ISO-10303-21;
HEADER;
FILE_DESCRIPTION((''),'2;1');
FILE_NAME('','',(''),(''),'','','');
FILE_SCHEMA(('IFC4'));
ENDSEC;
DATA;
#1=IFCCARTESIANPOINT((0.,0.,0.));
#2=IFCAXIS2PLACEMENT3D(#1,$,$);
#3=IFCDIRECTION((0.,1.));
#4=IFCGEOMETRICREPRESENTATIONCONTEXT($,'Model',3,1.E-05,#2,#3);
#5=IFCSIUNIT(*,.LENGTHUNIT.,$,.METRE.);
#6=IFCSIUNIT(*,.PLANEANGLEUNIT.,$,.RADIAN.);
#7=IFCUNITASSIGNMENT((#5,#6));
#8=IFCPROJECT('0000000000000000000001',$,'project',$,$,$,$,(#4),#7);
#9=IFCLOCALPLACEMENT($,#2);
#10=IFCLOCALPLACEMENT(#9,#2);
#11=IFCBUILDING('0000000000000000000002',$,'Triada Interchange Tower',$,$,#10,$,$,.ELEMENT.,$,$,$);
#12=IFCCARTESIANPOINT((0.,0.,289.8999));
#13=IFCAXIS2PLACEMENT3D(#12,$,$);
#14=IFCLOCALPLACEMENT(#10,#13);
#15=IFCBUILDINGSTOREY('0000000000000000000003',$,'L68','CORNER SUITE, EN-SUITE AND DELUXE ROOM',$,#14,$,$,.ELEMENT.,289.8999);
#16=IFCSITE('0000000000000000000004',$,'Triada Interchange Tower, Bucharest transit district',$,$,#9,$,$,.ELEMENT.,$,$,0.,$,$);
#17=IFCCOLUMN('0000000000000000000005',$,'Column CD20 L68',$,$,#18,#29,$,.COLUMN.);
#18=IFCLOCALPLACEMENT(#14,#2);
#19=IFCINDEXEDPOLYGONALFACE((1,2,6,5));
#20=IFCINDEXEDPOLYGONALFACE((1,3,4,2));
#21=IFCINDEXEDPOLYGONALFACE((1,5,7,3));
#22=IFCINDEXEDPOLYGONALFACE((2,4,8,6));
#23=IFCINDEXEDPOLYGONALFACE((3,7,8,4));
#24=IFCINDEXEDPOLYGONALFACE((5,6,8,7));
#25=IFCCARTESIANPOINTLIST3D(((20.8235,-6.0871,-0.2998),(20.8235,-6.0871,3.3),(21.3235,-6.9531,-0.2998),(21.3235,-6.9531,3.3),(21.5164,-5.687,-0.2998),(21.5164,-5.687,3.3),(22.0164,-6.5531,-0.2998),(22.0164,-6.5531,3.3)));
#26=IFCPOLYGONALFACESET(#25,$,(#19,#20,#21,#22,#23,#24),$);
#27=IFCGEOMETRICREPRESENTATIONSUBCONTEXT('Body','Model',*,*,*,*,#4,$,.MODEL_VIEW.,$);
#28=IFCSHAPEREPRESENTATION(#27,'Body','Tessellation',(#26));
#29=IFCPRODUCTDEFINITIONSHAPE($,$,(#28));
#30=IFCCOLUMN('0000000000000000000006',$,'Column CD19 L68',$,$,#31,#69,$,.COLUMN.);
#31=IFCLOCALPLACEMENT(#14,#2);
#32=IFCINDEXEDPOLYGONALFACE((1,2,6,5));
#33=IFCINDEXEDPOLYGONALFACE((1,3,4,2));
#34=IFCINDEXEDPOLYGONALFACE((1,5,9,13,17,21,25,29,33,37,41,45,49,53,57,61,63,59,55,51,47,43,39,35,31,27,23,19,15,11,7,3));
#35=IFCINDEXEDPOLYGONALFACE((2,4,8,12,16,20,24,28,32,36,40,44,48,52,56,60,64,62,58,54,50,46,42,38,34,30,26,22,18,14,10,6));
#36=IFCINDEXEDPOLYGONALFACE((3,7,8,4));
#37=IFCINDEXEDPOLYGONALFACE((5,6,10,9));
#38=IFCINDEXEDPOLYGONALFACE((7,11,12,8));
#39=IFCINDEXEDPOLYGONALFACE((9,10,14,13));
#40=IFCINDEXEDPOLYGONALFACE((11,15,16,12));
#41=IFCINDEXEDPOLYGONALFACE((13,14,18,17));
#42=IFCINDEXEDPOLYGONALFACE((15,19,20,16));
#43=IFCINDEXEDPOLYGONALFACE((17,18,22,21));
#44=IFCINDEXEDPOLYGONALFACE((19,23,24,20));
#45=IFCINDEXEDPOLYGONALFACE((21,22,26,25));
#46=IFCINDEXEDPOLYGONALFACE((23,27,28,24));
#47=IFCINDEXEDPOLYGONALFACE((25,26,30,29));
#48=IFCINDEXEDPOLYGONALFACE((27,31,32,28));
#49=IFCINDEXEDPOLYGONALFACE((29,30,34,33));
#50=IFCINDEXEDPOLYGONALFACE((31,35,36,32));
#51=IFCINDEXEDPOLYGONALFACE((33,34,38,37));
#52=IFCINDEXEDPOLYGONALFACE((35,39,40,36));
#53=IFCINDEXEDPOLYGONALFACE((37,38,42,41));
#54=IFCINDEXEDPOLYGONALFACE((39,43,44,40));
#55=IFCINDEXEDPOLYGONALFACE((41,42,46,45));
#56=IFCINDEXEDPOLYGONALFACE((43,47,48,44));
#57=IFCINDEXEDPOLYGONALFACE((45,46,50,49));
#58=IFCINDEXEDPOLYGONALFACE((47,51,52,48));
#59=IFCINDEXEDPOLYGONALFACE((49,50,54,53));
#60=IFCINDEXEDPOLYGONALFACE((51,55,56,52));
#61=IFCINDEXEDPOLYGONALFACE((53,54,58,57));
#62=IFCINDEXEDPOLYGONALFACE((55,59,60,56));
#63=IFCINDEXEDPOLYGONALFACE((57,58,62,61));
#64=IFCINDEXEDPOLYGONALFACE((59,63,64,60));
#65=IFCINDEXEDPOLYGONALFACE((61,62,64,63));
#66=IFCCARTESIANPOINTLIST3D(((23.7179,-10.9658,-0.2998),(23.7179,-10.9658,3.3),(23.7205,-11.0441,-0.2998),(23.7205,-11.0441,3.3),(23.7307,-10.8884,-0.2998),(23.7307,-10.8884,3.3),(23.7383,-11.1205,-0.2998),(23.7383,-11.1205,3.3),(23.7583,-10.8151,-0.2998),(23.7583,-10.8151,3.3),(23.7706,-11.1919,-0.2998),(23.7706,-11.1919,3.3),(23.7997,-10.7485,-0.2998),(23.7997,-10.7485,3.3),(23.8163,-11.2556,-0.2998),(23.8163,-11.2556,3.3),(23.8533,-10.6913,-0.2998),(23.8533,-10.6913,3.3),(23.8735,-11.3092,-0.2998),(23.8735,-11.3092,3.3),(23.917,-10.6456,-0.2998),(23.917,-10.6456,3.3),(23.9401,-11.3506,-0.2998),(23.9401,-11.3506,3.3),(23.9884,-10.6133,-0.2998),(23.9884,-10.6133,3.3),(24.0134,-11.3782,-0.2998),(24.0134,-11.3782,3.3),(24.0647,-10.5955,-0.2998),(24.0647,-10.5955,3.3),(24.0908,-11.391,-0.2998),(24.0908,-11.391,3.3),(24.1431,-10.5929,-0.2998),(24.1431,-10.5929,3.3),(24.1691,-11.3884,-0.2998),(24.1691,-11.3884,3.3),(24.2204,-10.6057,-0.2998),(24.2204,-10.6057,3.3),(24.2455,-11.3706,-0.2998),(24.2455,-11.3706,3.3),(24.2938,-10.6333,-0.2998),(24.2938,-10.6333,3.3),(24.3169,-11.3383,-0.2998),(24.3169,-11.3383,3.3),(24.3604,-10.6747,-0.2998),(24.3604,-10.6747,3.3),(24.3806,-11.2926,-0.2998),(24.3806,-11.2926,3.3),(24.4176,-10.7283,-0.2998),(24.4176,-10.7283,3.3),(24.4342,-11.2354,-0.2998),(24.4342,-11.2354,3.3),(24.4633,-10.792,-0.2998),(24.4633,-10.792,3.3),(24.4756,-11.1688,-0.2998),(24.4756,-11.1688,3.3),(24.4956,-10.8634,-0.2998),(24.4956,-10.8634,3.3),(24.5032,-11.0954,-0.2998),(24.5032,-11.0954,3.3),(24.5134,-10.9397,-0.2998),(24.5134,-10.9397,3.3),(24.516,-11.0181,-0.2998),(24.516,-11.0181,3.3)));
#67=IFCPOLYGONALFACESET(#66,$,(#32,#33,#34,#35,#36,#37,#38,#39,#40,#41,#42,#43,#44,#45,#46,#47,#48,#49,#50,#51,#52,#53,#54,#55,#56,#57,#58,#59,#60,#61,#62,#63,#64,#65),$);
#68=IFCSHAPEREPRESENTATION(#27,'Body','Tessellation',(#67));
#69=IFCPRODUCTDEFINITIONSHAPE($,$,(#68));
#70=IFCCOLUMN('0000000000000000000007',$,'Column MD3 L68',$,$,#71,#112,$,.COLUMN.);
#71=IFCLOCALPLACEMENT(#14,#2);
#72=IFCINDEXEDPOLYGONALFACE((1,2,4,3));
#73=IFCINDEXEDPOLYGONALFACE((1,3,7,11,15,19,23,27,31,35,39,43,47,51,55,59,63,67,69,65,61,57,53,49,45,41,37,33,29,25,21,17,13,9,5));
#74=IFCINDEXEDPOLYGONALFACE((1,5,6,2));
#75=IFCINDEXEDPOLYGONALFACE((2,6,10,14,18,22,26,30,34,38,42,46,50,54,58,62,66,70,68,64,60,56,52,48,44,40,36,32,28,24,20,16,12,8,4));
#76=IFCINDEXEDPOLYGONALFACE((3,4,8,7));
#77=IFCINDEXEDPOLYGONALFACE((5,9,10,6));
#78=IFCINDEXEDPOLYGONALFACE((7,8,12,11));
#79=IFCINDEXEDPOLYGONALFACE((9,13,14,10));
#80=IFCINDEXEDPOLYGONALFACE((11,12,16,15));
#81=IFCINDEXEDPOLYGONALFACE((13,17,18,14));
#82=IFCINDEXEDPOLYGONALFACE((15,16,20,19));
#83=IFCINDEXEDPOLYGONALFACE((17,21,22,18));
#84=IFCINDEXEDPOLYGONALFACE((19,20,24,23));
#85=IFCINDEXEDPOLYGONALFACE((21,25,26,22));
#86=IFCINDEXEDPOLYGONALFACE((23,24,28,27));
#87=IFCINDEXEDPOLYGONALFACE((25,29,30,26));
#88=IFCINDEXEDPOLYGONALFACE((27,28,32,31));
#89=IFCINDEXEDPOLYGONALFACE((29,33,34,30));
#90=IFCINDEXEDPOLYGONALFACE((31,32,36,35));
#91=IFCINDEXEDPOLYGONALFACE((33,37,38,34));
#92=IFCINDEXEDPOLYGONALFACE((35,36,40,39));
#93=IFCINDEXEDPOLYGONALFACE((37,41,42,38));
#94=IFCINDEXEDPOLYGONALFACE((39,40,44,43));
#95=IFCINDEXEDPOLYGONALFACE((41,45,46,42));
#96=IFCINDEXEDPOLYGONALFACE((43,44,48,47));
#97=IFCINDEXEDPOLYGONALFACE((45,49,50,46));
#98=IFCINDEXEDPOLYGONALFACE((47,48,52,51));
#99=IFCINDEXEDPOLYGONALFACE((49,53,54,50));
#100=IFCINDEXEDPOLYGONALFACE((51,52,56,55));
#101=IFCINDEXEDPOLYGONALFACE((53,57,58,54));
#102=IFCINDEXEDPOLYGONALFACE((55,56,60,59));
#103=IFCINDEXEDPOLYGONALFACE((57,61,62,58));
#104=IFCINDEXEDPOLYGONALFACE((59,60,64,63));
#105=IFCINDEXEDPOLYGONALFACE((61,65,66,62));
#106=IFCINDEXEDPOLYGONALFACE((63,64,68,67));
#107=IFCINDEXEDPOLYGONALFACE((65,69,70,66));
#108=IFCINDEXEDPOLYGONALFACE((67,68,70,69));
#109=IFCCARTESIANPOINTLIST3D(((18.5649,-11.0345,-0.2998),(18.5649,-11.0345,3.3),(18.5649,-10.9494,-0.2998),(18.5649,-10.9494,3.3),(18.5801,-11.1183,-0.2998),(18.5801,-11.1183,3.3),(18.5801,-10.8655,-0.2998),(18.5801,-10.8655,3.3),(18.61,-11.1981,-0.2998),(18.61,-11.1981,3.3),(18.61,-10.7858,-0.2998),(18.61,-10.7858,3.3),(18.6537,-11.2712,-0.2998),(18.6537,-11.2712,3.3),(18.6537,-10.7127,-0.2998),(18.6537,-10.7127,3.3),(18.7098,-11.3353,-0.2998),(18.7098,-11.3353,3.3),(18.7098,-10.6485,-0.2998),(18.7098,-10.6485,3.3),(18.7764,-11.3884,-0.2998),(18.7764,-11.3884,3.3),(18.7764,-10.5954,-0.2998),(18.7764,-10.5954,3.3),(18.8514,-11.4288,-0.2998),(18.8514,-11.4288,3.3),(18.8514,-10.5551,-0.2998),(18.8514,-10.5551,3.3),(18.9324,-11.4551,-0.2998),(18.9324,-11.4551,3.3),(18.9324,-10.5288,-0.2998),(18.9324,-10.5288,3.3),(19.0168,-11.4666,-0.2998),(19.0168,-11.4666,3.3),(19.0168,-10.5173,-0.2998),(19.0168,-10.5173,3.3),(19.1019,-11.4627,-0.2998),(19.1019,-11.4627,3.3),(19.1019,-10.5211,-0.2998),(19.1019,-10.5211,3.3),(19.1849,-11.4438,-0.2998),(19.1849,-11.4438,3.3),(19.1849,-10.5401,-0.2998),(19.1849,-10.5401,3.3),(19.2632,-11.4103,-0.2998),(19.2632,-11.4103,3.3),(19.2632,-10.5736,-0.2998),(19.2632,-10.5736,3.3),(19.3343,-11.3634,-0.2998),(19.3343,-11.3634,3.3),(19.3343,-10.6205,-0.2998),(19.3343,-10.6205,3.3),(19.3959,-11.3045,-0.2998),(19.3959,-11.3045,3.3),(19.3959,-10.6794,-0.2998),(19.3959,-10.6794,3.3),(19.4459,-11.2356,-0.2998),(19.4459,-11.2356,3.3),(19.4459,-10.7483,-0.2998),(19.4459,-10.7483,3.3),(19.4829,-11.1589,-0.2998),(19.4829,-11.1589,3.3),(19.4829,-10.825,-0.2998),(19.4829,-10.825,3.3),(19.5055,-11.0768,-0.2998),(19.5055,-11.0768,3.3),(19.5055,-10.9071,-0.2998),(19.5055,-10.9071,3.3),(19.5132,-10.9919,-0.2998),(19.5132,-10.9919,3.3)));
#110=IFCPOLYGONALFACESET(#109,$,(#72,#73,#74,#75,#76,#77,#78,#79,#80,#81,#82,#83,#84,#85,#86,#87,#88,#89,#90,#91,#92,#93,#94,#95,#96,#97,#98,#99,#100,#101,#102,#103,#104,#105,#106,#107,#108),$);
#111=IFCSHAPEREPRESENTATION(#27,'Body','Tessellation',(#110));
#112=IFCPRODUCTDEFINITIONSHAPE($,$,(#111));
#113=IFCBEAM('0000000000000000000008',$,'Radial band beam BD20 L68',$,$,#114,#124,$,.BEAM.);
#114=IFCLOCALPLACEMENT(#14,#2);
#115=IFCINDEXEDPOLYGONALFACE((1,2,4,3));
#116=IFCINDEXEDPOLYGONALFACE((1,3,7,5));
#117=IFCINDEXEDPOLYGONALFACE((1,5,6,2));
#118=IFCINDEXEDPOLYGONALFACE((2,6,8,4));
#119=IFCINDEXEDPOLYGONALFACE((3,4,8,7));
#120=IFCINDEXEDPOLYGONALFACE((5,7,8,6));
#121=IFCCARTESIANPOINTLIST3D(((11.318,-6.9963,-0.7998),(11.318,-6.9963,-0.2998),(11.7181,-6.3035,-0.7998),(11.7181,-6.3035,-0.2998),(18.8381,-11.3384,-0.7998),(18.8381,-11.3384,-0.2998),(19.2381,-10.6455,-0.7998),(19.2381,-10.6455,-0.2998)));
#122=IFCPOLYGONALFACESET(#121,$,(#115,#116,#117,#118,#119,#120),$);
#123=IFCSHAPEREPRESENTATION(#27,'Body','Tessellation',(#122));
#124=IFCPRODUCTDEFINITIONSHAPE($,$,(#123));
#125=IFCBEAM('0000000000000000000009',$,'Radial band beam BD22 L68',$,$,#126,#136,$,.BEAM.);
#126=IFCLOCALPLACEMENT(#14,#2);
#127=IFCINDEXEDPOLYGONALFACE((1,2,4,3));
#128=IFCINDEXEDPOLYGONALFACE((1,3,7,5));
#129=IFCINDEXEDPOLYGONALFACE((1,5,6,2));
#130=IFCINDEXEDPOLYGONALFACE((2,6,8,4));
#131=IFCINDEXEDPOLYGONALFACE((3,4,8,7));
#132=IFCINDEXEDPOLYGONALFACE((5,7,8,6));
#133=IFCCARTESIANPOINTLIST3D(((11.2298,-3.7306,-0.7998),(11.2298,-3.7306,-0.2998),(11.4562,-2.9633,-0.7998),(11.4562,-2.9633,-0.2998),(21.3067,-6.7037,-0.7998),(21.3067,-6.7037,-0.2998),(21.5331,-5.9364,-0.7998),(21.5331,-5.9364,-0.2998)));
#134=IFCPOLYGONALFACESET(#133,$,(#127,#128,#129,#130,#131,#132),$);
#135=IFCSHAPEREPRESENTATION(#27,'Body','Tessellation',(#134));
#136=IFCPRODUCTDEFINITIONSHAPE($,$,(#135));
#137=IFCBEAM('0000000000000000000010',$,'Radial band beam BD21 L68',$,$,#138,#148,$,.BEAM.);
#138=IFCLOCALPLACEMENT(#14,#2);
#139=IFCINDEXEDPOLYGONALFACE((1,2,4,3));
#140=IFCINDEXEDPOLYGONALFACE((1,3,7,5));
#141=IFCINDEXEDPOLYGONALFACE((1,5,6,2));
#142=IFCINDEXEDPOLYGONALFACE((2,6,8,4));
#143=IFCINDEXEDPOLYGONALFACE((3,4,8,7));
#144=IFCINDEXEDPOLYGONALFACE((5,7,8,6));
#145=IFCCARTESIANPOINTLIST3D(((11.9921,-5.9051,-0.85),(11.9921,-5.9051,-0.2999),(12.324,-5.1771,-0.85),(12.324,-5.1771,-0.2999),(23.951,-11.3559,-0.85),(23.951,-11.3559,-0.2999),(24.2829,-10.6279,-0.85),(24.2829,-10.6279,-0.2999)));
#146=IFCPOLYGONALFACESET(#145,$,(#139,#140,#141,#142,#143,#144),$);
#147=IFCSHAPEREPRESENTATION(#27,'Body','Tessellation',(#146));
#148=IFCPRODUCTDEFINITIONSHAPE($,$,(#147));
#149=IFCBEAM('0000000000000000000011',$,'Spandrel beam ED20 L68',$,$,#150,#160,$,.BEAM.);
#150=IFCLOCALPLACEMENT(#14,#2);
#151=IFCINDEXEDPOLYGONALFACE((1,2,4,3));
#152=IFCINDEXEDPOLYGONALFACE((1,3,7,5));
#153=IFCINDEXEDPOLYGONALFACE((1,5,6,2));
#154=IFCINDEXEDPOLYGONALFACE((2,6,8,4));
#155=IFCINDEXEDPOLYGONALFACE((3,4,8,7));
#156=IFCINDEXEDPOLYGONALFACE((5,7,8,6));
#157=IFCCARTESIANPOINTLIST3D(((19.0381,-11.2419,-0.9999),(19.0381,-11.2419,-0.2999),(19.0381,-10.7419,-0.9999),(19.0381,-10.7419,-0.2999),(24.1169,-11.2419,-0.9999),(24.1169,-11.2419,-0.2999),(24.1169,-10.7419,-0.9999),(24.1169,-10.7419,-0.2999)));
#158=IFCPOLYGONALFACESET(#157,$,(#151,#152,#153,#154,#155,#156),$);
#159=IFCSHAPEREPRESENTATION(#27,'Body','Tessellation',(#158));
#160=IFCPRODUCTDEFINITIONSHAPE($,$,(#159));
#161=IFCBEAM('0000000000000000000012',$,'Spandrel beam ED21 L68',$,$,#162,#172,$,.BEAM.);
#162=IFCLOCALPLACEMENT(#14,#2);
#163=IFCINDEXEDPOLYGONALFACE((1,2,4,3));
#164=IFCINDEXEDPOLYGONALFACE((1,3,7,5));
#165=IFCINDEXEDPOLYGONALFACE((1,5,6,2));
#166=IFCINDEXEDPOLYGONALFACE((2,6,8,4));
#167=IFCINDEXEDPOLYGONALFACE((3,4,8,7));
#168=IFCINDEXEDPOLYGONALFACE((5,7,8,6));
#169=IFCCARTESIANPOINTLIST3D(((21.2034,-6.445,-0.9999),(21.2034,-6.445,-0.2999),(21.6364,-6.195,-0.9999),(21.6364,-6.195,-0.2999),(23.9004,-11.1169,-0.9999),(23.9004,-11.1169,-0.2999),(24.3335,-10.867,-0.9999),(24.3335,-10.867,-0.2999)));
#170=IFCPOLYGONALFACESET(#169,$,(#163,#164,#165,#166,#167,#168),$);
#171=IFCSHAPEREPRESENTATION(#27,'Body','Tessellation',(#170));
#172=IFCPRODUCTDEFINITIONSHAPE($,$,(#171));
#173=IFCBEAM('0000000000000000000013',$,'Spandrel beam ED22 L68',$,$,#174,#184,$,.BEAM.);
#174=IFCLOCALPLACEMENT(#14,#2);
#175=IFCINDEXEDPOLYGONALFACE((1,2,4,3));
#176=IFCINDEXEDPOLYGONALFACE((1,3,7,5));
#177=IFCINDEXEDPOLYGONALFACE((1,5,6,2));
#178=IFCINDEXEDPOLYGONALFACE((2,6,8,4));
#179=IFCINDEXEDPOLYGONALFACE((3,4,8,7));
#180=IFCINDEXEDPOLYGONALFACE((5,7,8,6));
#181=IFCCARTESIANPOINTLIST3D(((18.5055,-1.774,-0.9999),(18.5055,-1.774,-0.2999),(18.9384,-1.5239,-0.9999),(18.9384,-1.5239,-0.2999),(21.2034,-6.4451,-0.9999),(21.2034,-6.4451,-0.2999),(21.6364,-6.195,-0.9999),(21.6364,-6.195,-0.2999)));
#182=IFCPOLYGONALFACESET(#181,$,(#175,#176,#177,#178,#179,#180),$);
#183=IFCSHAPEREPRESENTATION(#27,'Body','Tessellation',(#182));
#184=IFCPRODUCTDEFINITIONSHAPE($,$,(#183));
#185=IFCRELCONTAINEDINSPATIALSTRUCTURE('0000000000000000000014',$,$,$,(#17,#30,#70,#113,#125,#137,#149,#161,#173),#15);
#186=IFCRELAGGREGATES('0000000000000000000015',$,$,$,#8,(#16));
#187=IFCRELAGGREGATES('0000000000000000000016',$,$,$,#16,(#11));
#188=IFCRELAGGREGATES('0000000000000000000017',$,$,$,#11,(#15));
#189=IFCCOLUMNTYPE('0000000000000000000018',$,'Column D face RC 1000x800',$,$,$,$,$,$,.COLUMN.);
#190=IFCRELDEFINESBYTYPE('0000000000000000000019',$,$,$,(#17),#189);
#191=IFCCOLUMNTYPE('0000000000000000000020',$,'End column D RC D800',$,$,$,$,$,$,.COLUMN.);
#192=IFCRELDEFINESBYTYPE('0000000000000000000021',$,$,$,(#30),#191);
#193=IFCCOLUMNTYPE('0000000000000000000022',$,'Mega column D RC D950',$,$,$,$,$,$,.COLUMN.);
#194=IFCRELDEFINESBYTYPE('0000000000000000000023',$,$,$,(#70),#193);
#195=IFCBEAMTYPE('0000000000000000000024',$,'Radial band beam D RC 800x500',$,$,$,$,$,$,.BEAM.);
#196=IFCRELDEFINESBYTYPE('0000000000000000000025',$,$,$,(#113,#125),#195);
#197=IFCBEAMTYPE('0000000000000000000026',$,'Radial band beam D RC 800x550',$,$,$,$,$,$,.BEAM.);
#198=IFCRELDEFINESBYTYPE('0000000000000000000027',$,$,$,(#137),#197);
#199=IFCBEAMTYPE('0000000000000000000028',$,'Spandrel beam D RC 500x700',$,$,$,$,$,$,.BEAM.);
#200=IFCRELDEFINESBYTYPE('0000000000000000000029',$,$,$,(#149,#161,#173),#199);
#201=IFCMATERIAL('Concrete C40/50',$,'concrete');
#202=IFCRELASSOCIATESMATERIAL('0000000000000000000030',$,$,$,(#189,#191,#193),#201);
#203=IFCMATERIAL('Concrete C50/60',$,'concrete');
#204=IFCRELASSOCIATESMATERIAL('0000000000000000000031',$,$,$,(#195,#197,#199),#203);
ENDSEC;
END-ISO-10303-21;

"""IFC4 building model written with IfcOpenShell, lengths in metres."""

from ifc_helpers import new_model, si_unit, direction, frame, origin, origin_2d, place, context, subcontext, project, spatial, rectangle, circle, extrude, material, material_profile, profile_set, type_object, element, save


model = new_model("IFC4")

# Units and contexts
model_context = context("Model", 3, precision=1e-05, world=origin(), true_north=direction((0.0, 1.0)))
body_context = subcontext(model_context, "Body", "Model", "MODEL_VIEW")
ifc_project = project(units=[si_unit("LENGTHUNIT", "METRE"), si_unit("PLANEANGLEUNIT", "RADIAN")], contexts=[model_context])

# Site, building, storey
site_placement = place(None, origin())
site = spatial("IfcSite", under=ifc_project, at=site_placement, Name="Triada Interchange Tower, Bucharest transit district", CompositionType="ELEMENT", RefElevation=0.0)
building_placement = place(site_placement, origin())
building = spatial("IfcBuilding", under=site, at=building_placement, Name="Triada Interchange Tower", CompositionType="ELEMENT")
storey_placement = place(building_placement, frame((0.0, 0.0, 289.8999)))
storey = spatial("IfcBuildingStorey", under=building, at=storey_placement, Name="L68", Description="CORNER SUITE, EN-SUITE AND DELUXE ROOM", CompositionType="ELEMENT", Elevation=289.8999)

# Columns
ifc_material_1 = material(Name="Concrete C40/50", Category="concrete")
ifc_material_profile_1 = material_profile(ifc_material_1, rectangle(XDim=1.0, YDim=0.8, at=origin_2d()), Name="RC 1000x800")
ifc_profile_set_1 = profile_set([ifc_material_profile_1], Name="Concrete C40/50")
column_type_1 = type_object("IfcColumnType", Name="Column D face RC 1000x800", PredefinedType="COLUMN", material=ifc_profile_set_1)
column_1_placement = place(storey_placement, frame((21.4199, -6.3201, -0.2998), z_axis=(0.0, 0.0, 1.0), x_axis=(-0.5, 0.866025, 0.0)))
element("IfcColumn", 1, at=column_1_placement, inside=storey, type_object=column_type_1, Name="Column CD20 L68", PredefinedType="COLUMN", context=body_context, shape_type="SweptSolid", body=[
    extrude(rectangle(XDim=1.0, YDim=0.8, at=origin_2d()), origin(), (0.0, 0.0, 1.0), 3.5999),
])
ifc_material_profile_2 = material_profile(ifc_material_1, circle(Radius=0.3999, at=origin_2d()), Name="RC D800")
ifc_profile_set_2 = profile_set([ifc_material_profile_2], Name="Concrete C40/50")
column_type_2 = type_object("IfcColumnType", Name="End column D RC D800", PredefinedType="COLUMN", material=ifc_profile_set_2)
column_2_placement = place(storey_placement, frame((24.1169, -10.9919, -0.2998), z_axis=(0.0, 0.0, 1.0), x_axis=(-0.5, 0.866025, 0.0)))
element("IfcColumn", 2, at=column_2_placement, inside=storey, type_object=column_type_2, Name="Column CD19 L68", PredefinedType="COLUMN", context=body_context, shape_type="SweptSolid", body=[
    extrude(circle(Radius=0.3999, at=origin_2d()), origin(), (0.0, 0.0, 1.0), 3.5999),
])
ifc_material_profile_3 = material_profile(ifc_material_1, circle(Radius=0.4751, at=origin_2d()), Name="RC D950")
ifc_profile_set_3 = profile_set([ifc_material_profile_3], Name="Concrete C40/50")
column_type_3 = type_object("IfcColumnType", Name="Mega column D RC D950", PredefinedType="COLUMN", material=ifc_profile_set_3)
column_3_placement = place(storey_placement, frame((19.0381, -10.9919, -0.2998), z_axis=(0.0, 0.0, 1.0), x_axis=(1.0, 0.0, 0.0)))
element("IfcColumn", 3, at=column_3_placement, inside=storey, type_object=column_type_3, Name="Column MD3 L68", PredefinedType="COLUMN", context=body_context, shape_type="SweptSolid", body=[
    extrude(circle(Radius=0.4751, at=origin_2d()), origin(), (0.0, 0.0, 1.0), 3.5999),
])

# Beams
ifc_material_2 = material(Name="Concrete C50/60", Category="concrete")
ifc_material_profile_4 = material_profile(ifc_material_2, rectangle(XDim=0.8, YDim=0.5, at=origin_2d()), Name="RC 800x500")
ifc_profile_set_4 = profile_set([ifc_material_profile_4], Name="Concrete C50/60")
beam_type_1 = type_object("IfcBeamType", Name="Radial band beam D RC 800x500", PredefinedType="BEAM", material=ifc_profile_set_4)
beam_1_placement = place(storey_placement, frame((19.0381, -10.9919, -0.5498), z_axis=(-0.866008, 0.500031, 0.0), x_axis=(-0.500031, -0.866008, 0.0)))
element("IfcBeam", 4, at=beam_1_placement, inside=storey, type_object=beam_type_1, Name="Radial band beam BD20 L68", PredefinedType="BEAM", context=body_context, shape_type="SweptSolid", body=[
    extrude(rectangle(XDim=0.8, YDim=0.5, at=origin_2d()), origin(), (0.0, 0.0, 1.0), 8.6836),
])
beam_2_placement = place(storey_placement, frame((21.4199, -6.3201, -0.5498), z_axis=(-0.959124, 0.282985, 0.0), x_axis=(-0.282985, -0.959124, 0.0)))
element("IfcBeam", 5, at=beam_2_placement, inside=storey, type_object=beam_type_1, Name="Radial band beam BD22 L68", PredefinedType="BEAM", context=body_context, shape_type="SweptSolid", body=[
    extrude(rectangle(XDim=0.8, YDim=0.5, at=origin_2d()), origin(), (0.0, 0.0, 1.0), 10.5063),
])
ifc_material_profile_5 = material_profile(ifc_material_2, rectangle(XDim=0.8, YDim=0.55, at=origin_2d()), Name="RC 800x550")
ifc_profile_set_5 = profile_set([ifc_material_profile_5], Name="Concrete C50/60")
beam_type_2 = type_object("IfcBeamType", Name="Radial band beam D RC 800x550", PredefinedType="BEAM", material=ifc_profile_set_5)
beam_3_placement = place(storey_placement, frame((24.1169, -10.9919, -0.575), z_axis=(-0.909935, 0.41475, 0.0), x_axis=(-0.41475, -0.909935, 0.0)))
element("IfcBeam", 6, at=beam_3_placement, inside=storey, type_object=beam_type_2, Name="Radial band beam BD21 L68", PredefinedType="BEAM", context=body_context, shape_type="SweptSolid", body=[
    extrude(rectangle(XDim=0.8, YDim=0.55, at=origin_2d()), origin(), (0.0, 0.0, 1.0), 13.1426),
])
ifc_material_profile_6 = material_profile(ifc_material_2, rectangle(XDim=0.5, YDim=0.7, at=origin_2d()), Name="RC 500x700")
ifc_profile_set_6 = profile_set([ifc_material_profile_6], Name="Concrete C50/60")
beam_type_3 = type_object("IfcBeamType", Name="Spandrel beam D RC 500x700", PredefinedType="BEAM", material=ifc_profile_set_6)
beam_4_placement = place(storey_placement, frame((19.0381, -10.9919, -0.6499), z_axis=(1.0, 0.0, 0.0), x_axis=(0.0, 1.0, 0.0)))
element("IfcBeam", 7, at=beam_4_placement, inside=storey, type_object=beam_type_3, Name="Spandrel beam ED20 L68", PredefinedType="BEAM", context=body_context, shape_type="SweptSolid", body=[
    extrude(rectangle(XDim=0.5, YDim=0.7, at=origin_2d()), origin(), (0.0, 0.0, 1.0), 5.0789),
])
beam_5_placement = place(storey_placement, frame((24.1169, -10.9919, -0.6499), z_axis=(-0.49996, 0.866048, 0.0), x_axis=(-0.866048, -0.49996, 0.0)))
element("IfcBeam", 8, at=beam_5_placement, inside=storey, type_object=beam_type_3, Name="Spandrel beam ED21 L68", PredefinedType="BEAM", context=body_context, shape_type="SweptSolid", body=[
    extrude(rectangle(XDim=0.5, YDim=0.7, at=origin_2d()), origin(), (0.0, 0.0, 1.0), 5.3945),
])
beam_6_placement = place(storey_placement, frame((21.4199, -6.3201, -0.6499), z_axis=(-0.500155, 0.865936, 0.0), x_axis=(-0.865936, -0.500155, 0.0)))
element("IfcBeam", 9, at=beam_6_placement, inside=storey, type_object=beam_type_3, Name="Spandrel beam ED22 L68", PredefinedType="BEAM", context=body_context, shape_type="SweptSolid", body=[
    extrude(rectangle(XDim=0.5, YDim=0.7, at=origin_2d()), origin(), (0.0, 0.0, 1.0), 5.3943),
])

save(model, "model.ifc")
